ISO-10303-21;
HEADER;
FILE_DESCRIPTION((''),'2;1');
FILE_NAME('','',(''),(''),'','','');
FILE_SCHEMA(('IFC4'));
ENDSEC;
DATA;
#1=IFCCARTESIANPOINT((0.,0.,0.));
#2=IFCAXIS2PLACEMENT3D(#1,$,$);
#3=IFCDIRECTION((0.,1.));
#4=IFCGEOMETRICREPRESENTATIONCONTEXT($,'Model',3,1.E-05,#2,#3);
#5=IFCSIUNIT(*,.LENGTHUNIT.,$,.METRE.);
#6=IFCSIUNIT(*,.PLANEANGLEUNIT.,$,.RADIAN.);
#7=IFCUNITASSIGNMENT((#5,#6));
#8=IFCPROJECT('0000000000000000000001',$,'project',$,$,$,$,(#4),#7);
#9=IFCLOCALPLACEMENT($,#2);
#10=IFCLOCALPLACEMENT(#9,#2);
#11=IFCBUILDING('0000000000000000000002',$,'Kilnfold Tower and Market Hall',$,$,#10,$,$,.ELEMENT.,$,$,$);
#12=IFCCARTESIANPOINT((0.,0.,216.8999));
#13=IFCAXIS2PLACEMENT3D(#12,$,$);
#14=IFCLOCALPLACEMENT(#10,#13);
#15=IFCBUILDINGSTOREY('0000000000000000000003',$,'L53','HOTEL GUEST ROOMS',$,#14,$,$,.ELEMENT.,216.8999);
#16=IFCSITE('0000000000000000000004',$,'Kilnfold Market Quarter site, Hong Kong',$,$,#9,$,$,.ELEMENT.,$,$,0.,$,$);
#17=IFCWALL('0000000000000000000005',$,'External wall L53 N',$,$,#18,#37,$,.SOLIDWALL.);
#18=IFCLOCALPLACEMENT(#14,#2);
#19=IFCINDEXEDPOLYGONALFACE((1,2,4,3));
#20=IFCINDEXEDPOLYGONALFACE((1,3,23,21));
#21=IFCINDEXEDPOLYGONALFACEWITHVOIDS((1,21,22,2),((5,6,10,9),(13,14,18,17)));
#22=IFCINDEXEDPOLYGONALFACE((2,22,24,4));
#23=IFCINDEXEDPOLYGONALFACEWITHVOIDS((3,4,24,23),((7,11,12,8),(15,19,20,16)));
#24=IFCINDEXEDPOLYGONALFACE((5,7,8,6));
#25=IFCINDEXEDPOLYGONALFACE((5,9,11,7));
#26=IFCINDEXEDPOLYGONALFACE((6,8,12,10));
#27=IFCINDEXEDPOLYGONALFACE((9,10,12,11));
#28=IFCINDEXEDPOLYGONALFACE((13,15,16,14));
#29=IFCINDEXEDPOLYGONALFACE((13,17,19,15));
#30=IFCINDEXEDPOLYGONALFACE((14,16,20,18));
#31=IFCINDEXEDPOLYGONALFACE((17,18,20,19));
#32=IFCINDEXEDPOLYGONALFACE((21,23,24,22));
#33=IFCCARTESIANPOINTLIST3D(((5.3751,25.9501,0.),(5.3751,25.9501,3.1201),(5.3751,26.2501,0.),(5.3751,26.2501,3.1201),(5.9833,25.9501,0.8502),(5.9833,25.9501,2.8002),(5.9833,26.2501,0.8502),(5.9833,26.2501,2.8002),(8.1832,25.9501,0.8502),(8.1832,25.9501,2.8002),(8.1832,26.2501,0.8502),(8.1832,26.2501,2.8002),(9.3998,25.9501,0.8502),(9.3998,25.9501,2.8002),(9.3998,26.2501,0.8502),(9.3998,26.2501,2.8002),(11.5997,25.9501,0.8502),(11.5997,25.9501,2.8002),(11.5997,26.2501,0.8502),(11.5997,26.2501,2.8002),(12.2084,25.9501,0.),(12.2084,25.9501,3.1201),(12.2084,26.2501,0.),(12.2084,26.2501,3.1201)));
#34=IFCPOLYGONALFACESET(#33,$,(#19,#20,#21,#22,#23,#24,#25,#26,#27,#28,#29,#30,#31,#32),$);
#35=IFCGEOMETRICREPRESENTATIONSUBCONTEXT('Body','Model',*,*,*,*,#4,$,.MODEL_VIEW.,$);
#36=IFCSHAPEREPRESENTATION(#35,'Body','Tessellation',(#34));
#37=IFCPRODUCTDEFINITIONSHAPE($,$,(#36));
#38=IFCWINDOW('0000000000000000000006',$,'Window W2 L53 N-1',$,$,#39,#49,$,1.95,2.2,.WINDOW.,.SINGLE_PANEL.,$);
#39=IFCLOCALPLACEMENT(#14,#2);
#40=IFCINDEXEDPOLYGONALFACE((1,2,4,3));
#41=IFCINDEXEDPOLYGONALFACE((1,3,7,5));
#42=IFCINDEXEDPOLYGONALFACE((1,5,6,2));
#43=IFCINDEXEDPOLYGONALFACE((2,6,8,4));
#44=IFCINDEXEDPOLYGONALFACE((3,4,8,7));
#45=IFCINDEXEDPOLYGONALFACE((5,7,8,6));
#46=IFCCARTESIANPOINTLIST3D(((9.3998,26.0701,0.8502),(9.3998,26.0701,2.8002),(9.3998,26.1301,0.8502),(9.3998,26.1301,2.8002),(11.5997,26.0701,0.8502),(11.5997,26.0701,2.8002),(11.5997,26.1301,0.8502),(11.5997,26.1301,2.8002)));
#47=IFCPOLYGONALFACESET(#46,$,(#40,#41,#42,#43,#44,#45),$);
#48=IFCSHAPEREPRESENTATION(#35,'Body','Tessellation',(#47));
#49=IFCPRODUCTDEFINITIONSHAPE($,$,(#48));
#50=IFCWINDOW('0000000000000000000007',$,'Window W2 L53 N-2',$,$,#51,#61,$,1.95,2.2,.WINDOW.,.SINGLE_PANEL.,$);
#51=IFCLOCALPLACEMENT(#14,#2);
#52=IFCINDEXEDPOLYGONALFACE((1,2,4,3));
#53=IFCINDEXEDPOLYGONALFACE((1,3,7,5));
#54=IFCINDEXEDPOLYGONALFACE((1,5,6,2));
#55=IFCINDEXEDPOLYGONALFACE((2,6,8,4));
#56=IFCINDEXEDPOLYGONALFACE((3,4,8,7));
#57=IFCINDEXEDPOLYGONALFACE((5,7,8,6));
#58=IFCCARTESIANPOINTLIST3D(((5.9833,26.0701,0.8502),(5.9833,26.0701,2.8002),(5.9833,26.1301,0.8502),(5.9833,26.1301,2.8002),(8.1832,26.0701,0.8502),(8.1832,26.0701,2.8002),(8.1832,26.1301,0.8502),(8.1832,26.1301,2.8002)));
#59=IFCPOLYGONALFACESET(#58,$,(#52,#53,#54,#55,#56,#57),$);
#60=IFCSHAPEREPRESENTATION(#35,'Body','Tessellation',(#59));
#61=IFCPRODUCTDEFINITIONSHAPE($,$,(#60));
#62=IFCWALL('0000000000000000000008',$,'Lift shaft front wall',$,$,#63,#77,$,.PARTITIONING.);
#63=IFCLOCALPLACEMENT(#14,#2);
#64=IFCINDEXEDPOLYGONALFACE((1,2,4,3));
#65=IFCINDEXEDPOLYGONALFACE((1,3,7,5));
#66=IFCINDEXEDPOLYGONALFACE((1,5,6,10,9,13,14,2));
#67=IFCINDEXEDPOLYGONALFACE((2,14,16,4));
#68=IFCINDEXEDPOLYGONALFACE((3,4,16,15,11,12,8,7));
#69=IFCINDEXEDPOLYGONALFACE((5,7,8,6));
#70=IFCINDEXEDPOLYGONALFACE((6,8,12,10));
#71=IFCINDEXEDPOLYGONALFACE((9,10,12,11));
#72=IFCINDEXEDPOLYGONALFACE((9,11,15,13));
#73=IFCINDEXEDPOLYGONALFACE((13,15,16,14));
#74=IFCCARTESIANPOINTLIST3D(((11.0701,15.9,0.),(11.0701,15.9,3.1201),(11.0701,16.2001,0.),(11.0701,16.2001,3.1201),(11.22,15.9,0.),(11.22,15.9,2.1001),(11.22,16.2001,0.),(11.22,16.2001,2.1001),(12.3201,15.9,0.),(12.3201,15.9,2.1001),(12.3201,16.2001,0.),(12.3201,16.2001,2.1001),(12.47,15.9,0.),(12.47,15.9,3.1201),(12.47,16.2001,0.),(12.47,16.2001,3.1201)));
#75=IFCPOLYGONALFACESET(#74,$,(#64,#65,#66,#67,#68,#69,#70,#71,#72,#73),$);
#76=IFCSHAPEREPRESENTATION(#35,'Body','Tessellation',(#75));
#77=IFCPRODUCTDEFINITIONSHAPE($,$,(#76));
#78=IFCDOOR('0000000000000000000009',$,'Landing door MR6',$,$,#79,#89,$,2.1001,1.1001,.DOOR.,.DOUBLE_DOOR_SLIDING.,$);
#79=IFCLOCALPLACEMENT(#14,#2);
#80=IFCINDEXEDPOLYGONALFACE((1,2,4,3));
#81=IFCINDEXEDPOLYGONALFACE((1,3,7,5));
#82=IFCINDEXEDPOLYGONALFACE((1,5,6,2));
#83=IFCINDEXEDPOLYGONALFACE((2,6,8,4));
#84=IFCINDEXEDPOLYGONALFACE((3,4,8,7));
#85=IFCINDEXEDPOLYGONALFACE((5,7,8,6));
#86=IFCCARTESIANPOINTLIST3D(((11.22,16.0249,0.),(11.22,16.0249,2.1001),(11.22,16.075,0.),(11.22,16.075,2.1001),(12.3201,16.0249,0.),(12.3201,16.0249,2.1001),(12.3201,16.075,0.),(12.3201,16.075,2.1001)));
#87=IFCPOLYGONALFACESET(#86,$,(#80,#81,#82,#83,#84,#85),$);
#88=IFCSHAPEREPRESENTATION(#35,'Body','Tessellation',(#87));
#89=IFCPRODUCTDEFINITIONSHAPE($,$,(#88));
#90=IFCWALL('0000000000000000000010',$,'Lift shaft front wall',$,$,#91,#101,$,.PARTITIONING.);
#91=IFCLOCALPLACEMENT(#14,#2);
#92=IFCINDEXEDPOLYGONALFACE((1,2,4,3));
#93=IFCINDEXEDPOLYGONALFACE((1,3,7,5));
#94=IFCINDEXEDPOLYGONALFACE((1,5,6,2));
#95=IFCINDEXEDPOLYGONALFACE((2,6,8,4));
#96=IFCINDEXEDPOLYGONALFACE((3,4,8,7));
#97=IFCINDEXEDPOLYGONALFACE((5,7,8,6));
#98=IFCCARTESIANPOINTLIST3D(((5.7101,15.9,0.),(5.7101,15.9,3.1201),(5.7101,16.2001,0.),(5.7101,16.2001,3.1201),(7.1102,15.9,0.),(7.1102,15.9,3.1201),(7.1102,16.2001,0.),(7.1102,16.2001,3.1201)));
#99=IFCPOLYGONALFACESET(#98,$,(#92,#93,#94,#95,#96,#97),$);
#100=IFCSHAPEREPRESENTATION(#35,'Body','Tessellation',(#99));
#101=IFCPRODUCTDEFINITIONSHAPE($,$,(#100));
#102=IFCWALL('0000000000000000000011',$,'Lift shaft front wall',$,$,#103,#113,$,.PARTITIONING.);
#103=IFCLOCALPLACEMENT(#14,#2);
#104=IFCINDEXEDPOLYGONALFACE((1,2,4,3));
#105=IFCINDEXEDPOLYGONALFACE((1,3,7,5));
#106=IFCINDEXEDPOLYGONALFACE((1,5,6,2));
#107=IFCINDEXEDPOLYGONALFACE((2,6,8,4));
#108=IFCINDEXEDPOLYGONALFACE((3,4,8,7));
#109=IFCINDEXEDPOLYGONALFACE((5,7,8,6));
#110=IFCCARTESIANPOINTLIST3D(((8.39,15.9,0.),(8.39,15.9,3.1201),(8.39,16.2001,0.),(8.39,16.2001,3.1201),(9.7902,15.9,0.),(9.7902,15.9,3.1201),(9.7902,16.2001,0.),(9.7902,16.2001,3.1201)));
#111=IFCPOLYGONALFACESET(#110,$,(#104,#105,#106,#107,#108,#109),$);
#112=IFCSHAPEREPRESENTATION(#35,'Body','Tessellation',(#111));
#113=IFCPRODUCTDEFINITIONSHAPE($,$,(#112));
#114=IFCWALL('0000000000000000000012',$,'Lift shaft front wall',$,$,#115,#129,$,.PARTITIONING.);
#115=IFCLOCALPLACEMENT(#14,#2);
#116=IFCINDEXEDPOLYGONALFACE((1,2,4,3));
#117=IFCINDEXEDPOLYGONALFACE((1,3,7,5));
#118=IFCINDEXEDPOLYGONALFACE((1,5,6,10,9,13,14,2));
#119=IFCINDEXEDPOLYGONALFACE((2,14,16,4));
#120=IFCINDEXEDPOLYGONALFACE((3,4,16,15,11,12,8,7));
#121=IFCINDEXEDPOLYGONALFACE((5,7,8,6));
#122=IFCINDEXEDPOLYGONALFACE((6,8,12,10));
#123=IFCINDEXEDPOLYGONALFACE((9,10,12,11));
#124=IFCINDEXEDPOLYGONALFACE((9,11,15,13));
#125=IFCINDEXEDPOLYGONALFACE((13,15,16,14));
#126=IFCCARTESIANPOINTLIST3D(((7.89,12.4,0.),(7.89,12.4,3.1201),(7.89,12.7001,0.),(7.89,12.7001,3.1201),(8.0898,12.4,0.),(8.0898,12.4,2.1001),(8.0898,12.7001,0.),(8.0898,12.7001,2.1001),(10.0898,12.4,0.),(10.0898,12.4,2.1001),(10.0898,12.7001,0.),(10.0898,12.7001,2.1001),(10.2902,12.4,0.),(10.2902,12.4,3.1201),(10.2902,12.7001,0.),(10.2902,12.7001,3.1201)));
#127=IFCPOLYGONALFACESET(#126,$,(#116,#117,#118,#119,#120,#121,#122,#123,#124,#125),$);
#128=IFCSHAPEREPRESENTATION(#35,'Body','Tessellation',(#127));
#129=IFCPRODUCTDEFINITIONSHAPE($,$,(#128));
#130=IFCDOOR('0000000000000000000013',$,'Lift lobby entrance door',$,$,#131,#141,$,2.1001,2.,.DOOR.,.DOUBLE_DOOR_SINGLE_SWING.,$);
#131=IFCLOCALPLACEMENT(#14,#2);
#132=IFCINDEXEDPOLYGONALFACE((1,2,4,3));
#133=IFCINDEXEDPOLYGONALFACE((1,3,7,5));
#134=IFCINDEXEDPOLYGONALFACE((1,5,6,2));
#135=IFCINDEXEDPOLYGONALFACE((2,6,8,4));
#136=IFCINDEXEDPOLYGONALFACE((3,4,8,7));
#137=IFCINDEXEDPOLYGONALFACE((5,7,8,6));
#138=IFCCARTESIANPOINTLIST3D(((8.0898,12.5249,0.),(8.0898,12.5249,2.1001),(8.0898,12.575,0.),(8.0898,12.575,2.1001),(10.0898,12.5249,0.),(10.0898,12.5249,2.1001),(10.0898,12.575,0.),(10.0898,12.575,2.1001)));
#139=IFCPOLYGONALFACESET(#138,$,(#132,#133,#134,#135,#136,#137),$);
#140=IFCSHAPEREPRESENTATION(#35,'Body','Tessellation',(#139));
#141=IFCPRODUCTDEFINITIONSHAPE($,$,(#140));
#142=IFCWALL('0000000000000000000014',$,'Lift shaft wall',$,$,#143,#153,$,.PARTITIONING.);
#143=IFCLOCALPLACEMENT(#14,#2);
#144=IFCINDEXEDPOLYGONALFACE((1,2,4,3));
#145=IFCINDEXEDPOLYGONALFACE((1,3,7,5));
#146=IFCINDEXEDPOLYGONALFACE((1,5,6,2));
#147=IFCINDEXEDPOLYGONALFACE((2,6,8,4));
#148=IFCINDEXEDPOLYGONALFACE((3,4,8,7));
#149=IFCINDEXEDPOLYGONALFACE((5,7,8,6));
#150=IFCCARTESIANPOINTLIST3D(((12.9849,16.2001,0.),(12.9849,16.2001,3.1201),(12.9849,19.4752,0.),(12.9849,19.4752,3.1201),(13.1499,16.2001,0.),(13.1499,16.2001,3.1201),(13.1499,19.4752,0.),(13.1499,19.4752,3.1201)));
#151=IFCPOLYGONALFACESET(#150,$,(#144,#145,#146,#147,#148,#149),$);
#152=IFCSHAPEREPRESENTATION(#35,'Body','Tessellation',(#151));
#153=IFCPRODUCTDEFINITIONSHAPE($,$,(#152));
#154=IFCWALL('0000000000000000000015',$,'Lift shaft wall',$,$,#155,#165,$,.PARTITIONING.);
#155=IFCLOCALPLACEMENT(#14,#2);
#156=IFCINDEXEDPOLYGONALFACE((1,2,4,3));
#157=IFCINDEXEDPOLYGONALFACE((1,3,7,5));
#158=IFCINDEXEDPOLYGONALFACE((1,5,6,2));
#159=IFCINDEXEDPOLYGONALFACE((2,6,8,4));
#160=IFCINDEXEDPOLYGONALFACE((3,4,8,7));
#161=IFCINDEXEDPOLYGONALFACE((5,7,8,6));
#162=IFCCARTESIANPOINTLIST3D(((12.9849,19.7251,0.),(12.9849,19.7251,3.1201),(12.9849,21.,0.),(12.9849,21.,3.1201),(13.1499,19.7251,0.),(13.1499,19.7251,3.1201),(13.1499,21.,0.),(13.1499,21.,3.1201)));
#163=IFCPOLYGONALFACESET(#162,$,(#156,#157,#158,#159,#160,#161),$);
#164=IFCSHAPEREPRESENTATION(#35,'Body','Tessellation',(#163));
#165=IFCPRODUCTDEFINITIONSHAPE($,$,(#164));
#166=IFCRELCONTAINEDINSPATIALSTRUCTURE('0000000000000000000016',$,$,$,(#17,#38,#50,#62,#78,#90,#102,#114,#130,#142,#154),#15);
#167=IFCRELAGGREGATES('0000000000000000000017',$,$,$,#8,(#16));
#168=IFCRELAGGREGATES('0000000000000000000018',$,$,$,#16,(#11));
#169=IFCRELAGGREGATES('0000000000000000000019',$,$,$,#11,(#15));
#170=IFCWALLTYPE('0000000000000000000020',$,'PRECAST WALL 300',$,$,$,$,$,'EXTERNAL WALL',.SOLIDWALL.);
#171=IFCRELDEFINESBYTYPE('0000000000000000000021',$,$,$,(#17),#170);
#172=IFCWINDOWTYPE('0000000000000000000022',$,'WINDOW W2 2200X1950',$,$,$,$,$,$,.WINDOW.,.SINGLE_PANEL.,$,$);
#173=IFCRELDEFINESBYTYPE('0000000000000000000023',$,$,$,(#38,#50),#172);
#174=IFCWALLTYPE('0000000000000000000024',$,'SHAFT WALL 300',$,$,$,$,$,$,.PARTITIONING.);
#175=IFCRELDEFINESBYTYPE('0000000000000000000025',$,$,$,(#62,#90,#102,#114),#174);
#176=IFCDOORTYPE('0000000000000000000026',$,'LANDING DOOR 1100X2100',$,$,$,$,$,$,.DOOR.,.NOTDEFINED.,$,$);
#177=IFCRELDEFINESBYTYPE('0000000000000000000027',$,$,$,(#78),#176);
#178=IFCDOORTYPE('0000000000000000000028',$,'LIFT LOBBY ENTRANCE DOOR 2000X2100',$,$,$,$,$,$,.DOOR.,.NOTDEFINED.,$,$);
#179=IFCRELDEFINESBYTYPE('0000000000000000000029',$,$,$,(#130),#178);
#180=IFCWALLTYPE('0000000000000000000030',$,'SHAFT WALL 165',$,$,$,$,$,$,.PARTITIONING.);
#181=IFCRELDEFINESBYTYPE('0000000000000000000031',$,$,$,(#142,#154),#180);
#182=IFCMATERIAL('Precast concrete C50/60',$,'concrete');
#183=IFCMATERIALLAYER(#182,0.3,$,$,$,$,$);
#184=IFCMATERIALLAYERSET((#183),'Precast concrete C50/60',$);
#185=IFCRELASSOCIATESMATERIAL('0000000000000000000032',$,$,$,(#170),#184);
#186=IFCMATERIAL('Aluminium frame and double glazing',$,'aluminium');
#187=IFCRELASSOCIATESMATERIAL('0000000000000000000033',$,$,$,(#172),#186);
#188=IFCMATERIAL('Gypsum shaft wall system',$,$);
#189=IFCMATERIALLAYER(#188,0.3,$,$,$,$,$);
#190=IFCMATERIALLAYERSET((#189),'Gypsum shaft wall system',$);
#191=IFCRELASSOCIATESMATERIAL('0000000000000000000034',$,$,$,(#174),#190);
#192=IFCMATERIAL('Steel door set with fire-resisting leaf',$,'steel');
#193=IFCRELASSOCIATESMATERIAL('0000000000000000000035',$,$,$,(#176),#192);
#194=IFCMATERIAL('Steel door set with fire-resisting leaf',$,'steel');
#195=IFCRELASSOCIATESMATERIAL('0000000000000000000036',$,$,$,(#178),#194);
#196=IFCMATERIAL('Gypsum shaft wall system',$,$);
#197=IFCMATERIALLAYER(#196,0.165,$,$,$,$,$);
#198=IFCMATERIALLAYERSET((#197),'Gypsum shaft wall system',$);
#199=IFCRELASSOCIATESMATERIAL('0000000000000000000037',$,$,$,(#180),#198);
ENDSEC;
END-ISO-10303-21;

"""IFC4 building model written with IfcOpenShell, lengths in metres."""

from ifc_helpers import new_model, si_unit, direction, frame, frame_2d, origin, place, context, subcontext, project, spatial, rectangle, extrude, source, transform, mapped, material, layer, layer_set, type_object, element, fill, save


model = new_model("IFC4")

# Units and contexts
model_context = context("Model", 3, precision=1e-05, world=origin(), true_north=direction((0.0, 1.0)))
body_context = subcontext(model_context, "Body", "Model", "MODEL_VIEW")
ifc_project = project(units=[si_unit("LENGTHUNIT", "METRE"), si_unit("PLANEANGLEUNIT", "RADIAN")], contexts=[model_context])

# Site, building, storey
site_placement = place(None, origin())
site = spatial("IfcSite", under=ifc_project, at=site_placement, Name="Kilnfold Market Quarter site, Hong Kong", CompositionType="ELEMENT", RefElevation=0.0)
building_placement = place(site_placement, origin())
building = spatial("IfcBuilding", under=site, at=building_placement, Name="Kilnfold Tower and Market Hall", CompositionType="ELEMENT")
storey_placement = place(building_placement, frame((0.0, 0.0, 216.8999)))
storey = spatial("IfcBuildingStorey", under=building, at=storey_placement, Name="L53", Description="HOTEL GUEST ROOMS", CompositionType="ELEMENT", Elevation=216.8999)

# Wall, openings, windows
ifc_material_1 = material(Name="Precast concrete C50/60", Category="concrete")
ifc_layer_1 = layer(ifc_material_1, 0.3)
ifc_layer_set_1 = layer_set([ifc_layer_1], Name="Precast concrete C50/60")
wall_type_1 = type_object("IfcWallType", Name="PRECAST WALL 300", ElementType="EXTERNAL WALL", PredefinedType="SOLIDWALL", material=ifc_layer_set_1)
shared_shape_1 = source(origin(), body_context, "Body", "SweptSolid", [
    extrude(rectangle(XDim=6.8333, YDim=0.3, at=frame_2d((3.4165, 0.0))), origin(), (0.0, 0.0, 1.0), 3.1201),
])
wall_1_placement = place(storey_placement, frame((12.2083, 26.1001, 0.0), z_axis=(0.0, 0.0, 1.0), x_axis=(-1.0, 0.0, 0.0)))
wall_1 = element("IfcWall", 1, at=wall_1_placement, inside=storey, type_object=wall_type_1, Name="External wall L53 N", PredefinedType="SOLIDWALL", context=body_context, shape_type="MappedRepresentation", body=[
    mapped(shared_shape_1, transform((0.0, 0.0, 0.0))),
])
opening_1_placement = place(wall_1_placement, frame((0.6084, 0.0, 0.8501)))
opening_1 = element("IfcOpeningElement", 2, at=opening_1_placement, cuts=wall_1, PredefinedType="OPENING", context=body_context, shape_type="SweptSolid", body=[
    extrude(rectangle(XDim=2.2, YDim=1.95, at=frame_2d((1.1001, 0.9751))), frame((0.0, 0.1602, 0.0), z_axis=(0.0, -1.0, 0.0), x_axis=(1.0, 0.0, 0.0)), (0.0, 0.0, 1.0), 0.3201),
])
opening_2_placement = place(wall_1_placement, frame((4.0249, 0.0, 0.8501)))
opening_2 = element("IfcOpeningElement", 3, at=opening_2_placement, cuts=wall_1, PredefinedType="OPENING", context=body_context, shape_type="SweptSolid", body=[
    extrude(rectangle(XDim=2.2, YDim=1.95, at=frame_2d((1.1001, 0.9751))), frame((0.0, 0.1602, 0.0), z_axis=(0.0, -1.0, 0.0), x_axis=(1.0, 0.0, 0.0)), (0.0, 0.0, 1.0), 0.3201),
])
ifc_material_2 = material(Name="Aluminium frame and double glazing", Category="aluminium")
window_type = type_object("IfcWindowType", Name="WINDOW W2 2200X1950", PartitioningType="SINGLE_PANEL", PredefinedType="WINDOW", material=ifc_material_2)
window_1_placement = place(opening_1_placement, origin())
window_1 = element("IfcWindow", 4, at=window_1_placement, inside=storey, type_object=window_type, Name="Window W2 L53 N-1", OverallHeight=1.95, OverallWidth=2.2, PartitioningType="SINGLE_PANEL", PredefinedType="WINDOW", context=body_context, shape_type="SweptSolid", body=[
    extrude(rectangle(XDim=2.2, YDim=1.95, at=frame_2d((1.1001, 0.9751))), frame((0.0, 0.03, 0.0), z_axis=(0.0, -1.0, 0.0), x_axis=(1.0, 0.0, 0.0)), (0.0, 0.0, 1.0), 0.0601),
])
fill(opening_1, window_1)
window_2_placement = place(opening_2_placement, origin())
window_2 = element("IfcWindow", 5, at=window_2_placement, inside=storey, type_object=window_type, Name="Window W2 L53 N-2", OverallHeight=1.95, OverallWidth=2.2, PartitioningType="SINGLE_PANEL", PredefinedType="WINDOW", context=body_context, shape_type="SweptSolid", body=[
    extrude(rectangle(XDim=2.2, YDim=1.95, at=frame_2d((1.1001, 0.9751))), frame((0.0, 0.03, 0.0), z_axis=(0.0, -1.0, 0.0), x_axis=(1.0, 0.0, 0.0)), (0.0, 0.0, 1.0), 0.0601),
])
fill(opening_2, window_2)

# Wall, opening, door
ifc_material_3 = material(Name="Gypsum shaft wall system")
ifc_layer_2 = layer(ifc_material_3, 0.3)
ifc_layer_set_2 = layer_set([ifc_layer_2], Name="Gypsum shaft wall system")
wall_type_2 = type_object("IfcWallType", Name="SHAFT WALL 300", PredefinedType="PARTITIONING", material=ifc_layer_set_2)
shared_shape_2 = source(origin(), body_context, "Body", "SweptSolid", [
    extrude(rectangle(XDim=1.3999, YDim=0.3, at=frame_2d((0.7, 0.0))), origin(), (0.0, 0.0, 1.0), 3.1201),
])
wall_2_placement = place(storey_placement, frame((11.0701, 16.05, 0.0), z_axis=(0.0, 0.0, 1.0), x_axis=(1.0, 0.0, 0.0)))
wall_2 = element("IfcWall", 6, at=wall_2_placement, inside=storey, type_object=wall_type_2, Name="Lift shaft front wall", PredefinedType="PARTITIONING", context=body_context, shape_type="MappedRepresentation", body=[
    mapped(shared_shape_2, transform((0.0, 0.0, 0.0))),
])
opening_3_placement = place(wall_2_placement, frame((0.1499, 0.0, 0.0)))
opening_3 = element("IfcOpeningElement", 7, at=opening_3_placement, cuts=wall_2, PredefinedType="OPENING", context=body_context, shape_type="SweptSolid", body=[
    extrude(rectangle(XDim=1.1001, YDim=2.1001, at=frame_2d((0.55, 1.05))), frame((0.0, 0.1602, 0.0), z_axis=(0.0, -1.0, 0.0), x_axis=(1.0, 0.0, 0.0)), (0.0, 0.0, 1.0), 0.3201),
])
ifc_material_4 = material(Name="Steel door set with fire-resisting leaf", Category="steel")
door_type_1 = type_object("IfcDoorType", Name="LANDING DOOR 1100X2100", OperationType="NOTDEFINED", PredefinedType="DOOR", material=ifc_material_4)
door_1_placement = place(opening_3_placement, origin())
door_1 = element("IfcDoor", 8, at=door_1_placement, inside=storey, type_object=door_type_1, Name="Landing door MR6", OperationType="DOUBLE_DOOR_SLIDING", OverallHeight=2.1001, OverallWidth=1.1001, PredefinedType="DOOR", context=body_context, shape_type="SweptSolid", body=[
    extrude(rectangle(XDim=1.1001, YDim=2.1001, at=frame_2d((0.55, 1.05))), frame((0.0, 0.0249, 0.0), z_axis=(0.0, -1.0, 0.0), x_axis=(1.0, 0.0, 0.0)), (0.0, 0.0, 1.0), 0.05),
])
fill(opening_3, door_1)

# Walls
shared_shape_3 = source(origin(), body_context, "Body", "SweptSolid", [
    extrude(rectangle(XDim=1.4001, YDim=0.3, at=frame_2d((0.7002, 0.0))), origin(), (0.0, 0.0, 1.0), 3.1201),
])
for number, where, z_axis, x_axis, name in (
    (9, (5.71, 16.05, 0.0), (0.0, 0.0, 1.0), (1.0, 0.0, 0.0), "Lift shaft front wall"),
    (10, (8.3899, 16.05, 0.0), (0.0, 0.0, 1.0), (1.0, 0.0, 0.0), "Lift shaft front wall"),
):
    element("IfcWall", number, at=place(storey_placement, frame(where, z_axis=z_axis, x_axis=x_axis)), inside=storey, type_object=wall_type_2, Name=name, PredefinedType="PARTITIONING", context=body_context, shape_type="MappedRepresentation", body=[
        mapped(shared_shape_3, transform((0.0, 0.0, 0.0))),
    ])

# Wall, opening, door
shared_shape_4 = source(origin(), body_context, "Body", "SweptSolid", [
    extrude(rectangle(XDim=2.4001, YDim=0.3, at=frame_2d((1.2002, 0.0))), origin(), (0.0, 0.0, 1.0), 3.1201),
])
wall_3_placement = place(storey_placement, frame((7.8899, 12.55, 0.0), z_axis=(0.0, 0.0, 1.0), x_axis=(1.0, 0.0, 0.0)))
wall_3 = element("IfcWall", 11, at=wall_3_placement, inside=storey, type_object=wall_type_2, Name="Lift shaft front wall", PredefinedType="PARTITIONING", context=body_context, shape_type="MappedRepresentation", body=[
    mapped(shared_shape_4, transform((0.0, 0.0, 0.0))),
])
opening_4_placement = place(wall_3_placement, frame((0.2, 0.0, 0.0)))
opening_4 = element("IfcOpeningElement", 12, at=opening_4_placement, cuts=wall_3, PredefinedType="OPENING", context=body_context, shape_type="SweptSolid", body=[
    extrude(rectangle(XDim=2.0, YDim=2.1001, at=frame_2d((1.0, 1.05))), frame((0.0, 0.1602, 0.0), z_axis=(0.0, -1.0, 0.0), x_axis=(1.0, 0.0, 0.0)), (0.0, 0.0, 1.0), 0.3201),
])
ifc_material_5 = material(Name="Steel door set with fire-resisting leaf", Category="steel")
door_type_2 = type_object("IfcDoorType", Name="LIFT LOBBY ENTRANCE DOOR 2000X2100", OperationType="NOTDEFINED", PredefinedType="DOOR", material=ifc_material_5)
door_2_placement = place(opening_4_placement, origin())
door_2 = element("IfcDoor", 13, at=door_2_placement, inside=storey, type_object=door_type_2, Name="Lift lobby entrance door", OperationType="DOUBLE_DOOR_SINGLE_SWING", OverallHeight=2.1001, OverallWidth=2.0, PredefinedType="DOOR", context=body_context, shape_type="SweptSolid", body=[
    extrude(rectangle(XDim=2.0, YDim=2.1001, at=frame_2d((1.0, 1.05))), frame((0.0, 0.0249, 0.0), z_axis=(0.0, -1.0, 0.0), x_axis=(1.0, 0.0, 0.0)), (0.0, 0.0, 1.0), 0.05),
])
fill(opening_4, door_2)

# Walls
ifc_material_6 = material(Name="Gypsum shaft wall system")
ifc_layer_3 = layer(ifc_material_6, 0.165)
ifc_layer_set_3 = layer_set([ifc_layer_3], Name="Gypsum shaft wall system")
wall_type_3 = type_object("IfcWallType", Name="SHAFT WALL 165", PredefinedType="PARTITIONING", material=ifc_layer_set_3)
shared_shape_5 = source(origin(), body_context, "Body", "SweptSolid", [
    extrude(rectangle(XDim=3.2751, YDim=0.165, at=frame_2d((1.6377, 0.0))), origin(), (0.0, 0.0, 1.0), 3.1201),
])
wall_4_placement = place(storey_placement, frame((13.0674, 16.2, 0.0), z_axis=(0.0, 0.0, 1.0), x_axis=(0.0, 1.0, 0.0)))
element("IfcWall", 14, at=wall_4_placement, inside=storey, type_object=wall_type_3, Name="Lift shaft wall", PredefinedType="PARTITIONING", context=body_context, shape_type="MappedRepresentation", body=[
    mapped(shared_shape_5, transform((0.0, 0.0, 0.0))),
])
shared_shape_6 = source(origin(), body_context, "Body", "SweptSolid", [
    extrude(rectangle(XDim=1.2749, YDim=0.165, at=frame_2d((0.6375, 0.0))), origin(), (0.0, 0.0, 1.0), 3.1201),
])
wall_5_placement = place(storey_placement, frame((13.0674, 19.7251, 0.0), z_axis=(0.0, 0.0, 1.0), x_axis=(0.0, 1.0, 0.0)))
element("IfcWall", 15, at=wall_5_placement, inside=storey, type_object=wall_type_3, Name="Lift shaft wall", PredefinedType="PARTITIONING", context=body_context, shape_type="MappedRepresentation", body=[
    mapped(shared_shape_6, transform((0.0, 0.0, 0.0))),
])

save(model, "model.ifc")
